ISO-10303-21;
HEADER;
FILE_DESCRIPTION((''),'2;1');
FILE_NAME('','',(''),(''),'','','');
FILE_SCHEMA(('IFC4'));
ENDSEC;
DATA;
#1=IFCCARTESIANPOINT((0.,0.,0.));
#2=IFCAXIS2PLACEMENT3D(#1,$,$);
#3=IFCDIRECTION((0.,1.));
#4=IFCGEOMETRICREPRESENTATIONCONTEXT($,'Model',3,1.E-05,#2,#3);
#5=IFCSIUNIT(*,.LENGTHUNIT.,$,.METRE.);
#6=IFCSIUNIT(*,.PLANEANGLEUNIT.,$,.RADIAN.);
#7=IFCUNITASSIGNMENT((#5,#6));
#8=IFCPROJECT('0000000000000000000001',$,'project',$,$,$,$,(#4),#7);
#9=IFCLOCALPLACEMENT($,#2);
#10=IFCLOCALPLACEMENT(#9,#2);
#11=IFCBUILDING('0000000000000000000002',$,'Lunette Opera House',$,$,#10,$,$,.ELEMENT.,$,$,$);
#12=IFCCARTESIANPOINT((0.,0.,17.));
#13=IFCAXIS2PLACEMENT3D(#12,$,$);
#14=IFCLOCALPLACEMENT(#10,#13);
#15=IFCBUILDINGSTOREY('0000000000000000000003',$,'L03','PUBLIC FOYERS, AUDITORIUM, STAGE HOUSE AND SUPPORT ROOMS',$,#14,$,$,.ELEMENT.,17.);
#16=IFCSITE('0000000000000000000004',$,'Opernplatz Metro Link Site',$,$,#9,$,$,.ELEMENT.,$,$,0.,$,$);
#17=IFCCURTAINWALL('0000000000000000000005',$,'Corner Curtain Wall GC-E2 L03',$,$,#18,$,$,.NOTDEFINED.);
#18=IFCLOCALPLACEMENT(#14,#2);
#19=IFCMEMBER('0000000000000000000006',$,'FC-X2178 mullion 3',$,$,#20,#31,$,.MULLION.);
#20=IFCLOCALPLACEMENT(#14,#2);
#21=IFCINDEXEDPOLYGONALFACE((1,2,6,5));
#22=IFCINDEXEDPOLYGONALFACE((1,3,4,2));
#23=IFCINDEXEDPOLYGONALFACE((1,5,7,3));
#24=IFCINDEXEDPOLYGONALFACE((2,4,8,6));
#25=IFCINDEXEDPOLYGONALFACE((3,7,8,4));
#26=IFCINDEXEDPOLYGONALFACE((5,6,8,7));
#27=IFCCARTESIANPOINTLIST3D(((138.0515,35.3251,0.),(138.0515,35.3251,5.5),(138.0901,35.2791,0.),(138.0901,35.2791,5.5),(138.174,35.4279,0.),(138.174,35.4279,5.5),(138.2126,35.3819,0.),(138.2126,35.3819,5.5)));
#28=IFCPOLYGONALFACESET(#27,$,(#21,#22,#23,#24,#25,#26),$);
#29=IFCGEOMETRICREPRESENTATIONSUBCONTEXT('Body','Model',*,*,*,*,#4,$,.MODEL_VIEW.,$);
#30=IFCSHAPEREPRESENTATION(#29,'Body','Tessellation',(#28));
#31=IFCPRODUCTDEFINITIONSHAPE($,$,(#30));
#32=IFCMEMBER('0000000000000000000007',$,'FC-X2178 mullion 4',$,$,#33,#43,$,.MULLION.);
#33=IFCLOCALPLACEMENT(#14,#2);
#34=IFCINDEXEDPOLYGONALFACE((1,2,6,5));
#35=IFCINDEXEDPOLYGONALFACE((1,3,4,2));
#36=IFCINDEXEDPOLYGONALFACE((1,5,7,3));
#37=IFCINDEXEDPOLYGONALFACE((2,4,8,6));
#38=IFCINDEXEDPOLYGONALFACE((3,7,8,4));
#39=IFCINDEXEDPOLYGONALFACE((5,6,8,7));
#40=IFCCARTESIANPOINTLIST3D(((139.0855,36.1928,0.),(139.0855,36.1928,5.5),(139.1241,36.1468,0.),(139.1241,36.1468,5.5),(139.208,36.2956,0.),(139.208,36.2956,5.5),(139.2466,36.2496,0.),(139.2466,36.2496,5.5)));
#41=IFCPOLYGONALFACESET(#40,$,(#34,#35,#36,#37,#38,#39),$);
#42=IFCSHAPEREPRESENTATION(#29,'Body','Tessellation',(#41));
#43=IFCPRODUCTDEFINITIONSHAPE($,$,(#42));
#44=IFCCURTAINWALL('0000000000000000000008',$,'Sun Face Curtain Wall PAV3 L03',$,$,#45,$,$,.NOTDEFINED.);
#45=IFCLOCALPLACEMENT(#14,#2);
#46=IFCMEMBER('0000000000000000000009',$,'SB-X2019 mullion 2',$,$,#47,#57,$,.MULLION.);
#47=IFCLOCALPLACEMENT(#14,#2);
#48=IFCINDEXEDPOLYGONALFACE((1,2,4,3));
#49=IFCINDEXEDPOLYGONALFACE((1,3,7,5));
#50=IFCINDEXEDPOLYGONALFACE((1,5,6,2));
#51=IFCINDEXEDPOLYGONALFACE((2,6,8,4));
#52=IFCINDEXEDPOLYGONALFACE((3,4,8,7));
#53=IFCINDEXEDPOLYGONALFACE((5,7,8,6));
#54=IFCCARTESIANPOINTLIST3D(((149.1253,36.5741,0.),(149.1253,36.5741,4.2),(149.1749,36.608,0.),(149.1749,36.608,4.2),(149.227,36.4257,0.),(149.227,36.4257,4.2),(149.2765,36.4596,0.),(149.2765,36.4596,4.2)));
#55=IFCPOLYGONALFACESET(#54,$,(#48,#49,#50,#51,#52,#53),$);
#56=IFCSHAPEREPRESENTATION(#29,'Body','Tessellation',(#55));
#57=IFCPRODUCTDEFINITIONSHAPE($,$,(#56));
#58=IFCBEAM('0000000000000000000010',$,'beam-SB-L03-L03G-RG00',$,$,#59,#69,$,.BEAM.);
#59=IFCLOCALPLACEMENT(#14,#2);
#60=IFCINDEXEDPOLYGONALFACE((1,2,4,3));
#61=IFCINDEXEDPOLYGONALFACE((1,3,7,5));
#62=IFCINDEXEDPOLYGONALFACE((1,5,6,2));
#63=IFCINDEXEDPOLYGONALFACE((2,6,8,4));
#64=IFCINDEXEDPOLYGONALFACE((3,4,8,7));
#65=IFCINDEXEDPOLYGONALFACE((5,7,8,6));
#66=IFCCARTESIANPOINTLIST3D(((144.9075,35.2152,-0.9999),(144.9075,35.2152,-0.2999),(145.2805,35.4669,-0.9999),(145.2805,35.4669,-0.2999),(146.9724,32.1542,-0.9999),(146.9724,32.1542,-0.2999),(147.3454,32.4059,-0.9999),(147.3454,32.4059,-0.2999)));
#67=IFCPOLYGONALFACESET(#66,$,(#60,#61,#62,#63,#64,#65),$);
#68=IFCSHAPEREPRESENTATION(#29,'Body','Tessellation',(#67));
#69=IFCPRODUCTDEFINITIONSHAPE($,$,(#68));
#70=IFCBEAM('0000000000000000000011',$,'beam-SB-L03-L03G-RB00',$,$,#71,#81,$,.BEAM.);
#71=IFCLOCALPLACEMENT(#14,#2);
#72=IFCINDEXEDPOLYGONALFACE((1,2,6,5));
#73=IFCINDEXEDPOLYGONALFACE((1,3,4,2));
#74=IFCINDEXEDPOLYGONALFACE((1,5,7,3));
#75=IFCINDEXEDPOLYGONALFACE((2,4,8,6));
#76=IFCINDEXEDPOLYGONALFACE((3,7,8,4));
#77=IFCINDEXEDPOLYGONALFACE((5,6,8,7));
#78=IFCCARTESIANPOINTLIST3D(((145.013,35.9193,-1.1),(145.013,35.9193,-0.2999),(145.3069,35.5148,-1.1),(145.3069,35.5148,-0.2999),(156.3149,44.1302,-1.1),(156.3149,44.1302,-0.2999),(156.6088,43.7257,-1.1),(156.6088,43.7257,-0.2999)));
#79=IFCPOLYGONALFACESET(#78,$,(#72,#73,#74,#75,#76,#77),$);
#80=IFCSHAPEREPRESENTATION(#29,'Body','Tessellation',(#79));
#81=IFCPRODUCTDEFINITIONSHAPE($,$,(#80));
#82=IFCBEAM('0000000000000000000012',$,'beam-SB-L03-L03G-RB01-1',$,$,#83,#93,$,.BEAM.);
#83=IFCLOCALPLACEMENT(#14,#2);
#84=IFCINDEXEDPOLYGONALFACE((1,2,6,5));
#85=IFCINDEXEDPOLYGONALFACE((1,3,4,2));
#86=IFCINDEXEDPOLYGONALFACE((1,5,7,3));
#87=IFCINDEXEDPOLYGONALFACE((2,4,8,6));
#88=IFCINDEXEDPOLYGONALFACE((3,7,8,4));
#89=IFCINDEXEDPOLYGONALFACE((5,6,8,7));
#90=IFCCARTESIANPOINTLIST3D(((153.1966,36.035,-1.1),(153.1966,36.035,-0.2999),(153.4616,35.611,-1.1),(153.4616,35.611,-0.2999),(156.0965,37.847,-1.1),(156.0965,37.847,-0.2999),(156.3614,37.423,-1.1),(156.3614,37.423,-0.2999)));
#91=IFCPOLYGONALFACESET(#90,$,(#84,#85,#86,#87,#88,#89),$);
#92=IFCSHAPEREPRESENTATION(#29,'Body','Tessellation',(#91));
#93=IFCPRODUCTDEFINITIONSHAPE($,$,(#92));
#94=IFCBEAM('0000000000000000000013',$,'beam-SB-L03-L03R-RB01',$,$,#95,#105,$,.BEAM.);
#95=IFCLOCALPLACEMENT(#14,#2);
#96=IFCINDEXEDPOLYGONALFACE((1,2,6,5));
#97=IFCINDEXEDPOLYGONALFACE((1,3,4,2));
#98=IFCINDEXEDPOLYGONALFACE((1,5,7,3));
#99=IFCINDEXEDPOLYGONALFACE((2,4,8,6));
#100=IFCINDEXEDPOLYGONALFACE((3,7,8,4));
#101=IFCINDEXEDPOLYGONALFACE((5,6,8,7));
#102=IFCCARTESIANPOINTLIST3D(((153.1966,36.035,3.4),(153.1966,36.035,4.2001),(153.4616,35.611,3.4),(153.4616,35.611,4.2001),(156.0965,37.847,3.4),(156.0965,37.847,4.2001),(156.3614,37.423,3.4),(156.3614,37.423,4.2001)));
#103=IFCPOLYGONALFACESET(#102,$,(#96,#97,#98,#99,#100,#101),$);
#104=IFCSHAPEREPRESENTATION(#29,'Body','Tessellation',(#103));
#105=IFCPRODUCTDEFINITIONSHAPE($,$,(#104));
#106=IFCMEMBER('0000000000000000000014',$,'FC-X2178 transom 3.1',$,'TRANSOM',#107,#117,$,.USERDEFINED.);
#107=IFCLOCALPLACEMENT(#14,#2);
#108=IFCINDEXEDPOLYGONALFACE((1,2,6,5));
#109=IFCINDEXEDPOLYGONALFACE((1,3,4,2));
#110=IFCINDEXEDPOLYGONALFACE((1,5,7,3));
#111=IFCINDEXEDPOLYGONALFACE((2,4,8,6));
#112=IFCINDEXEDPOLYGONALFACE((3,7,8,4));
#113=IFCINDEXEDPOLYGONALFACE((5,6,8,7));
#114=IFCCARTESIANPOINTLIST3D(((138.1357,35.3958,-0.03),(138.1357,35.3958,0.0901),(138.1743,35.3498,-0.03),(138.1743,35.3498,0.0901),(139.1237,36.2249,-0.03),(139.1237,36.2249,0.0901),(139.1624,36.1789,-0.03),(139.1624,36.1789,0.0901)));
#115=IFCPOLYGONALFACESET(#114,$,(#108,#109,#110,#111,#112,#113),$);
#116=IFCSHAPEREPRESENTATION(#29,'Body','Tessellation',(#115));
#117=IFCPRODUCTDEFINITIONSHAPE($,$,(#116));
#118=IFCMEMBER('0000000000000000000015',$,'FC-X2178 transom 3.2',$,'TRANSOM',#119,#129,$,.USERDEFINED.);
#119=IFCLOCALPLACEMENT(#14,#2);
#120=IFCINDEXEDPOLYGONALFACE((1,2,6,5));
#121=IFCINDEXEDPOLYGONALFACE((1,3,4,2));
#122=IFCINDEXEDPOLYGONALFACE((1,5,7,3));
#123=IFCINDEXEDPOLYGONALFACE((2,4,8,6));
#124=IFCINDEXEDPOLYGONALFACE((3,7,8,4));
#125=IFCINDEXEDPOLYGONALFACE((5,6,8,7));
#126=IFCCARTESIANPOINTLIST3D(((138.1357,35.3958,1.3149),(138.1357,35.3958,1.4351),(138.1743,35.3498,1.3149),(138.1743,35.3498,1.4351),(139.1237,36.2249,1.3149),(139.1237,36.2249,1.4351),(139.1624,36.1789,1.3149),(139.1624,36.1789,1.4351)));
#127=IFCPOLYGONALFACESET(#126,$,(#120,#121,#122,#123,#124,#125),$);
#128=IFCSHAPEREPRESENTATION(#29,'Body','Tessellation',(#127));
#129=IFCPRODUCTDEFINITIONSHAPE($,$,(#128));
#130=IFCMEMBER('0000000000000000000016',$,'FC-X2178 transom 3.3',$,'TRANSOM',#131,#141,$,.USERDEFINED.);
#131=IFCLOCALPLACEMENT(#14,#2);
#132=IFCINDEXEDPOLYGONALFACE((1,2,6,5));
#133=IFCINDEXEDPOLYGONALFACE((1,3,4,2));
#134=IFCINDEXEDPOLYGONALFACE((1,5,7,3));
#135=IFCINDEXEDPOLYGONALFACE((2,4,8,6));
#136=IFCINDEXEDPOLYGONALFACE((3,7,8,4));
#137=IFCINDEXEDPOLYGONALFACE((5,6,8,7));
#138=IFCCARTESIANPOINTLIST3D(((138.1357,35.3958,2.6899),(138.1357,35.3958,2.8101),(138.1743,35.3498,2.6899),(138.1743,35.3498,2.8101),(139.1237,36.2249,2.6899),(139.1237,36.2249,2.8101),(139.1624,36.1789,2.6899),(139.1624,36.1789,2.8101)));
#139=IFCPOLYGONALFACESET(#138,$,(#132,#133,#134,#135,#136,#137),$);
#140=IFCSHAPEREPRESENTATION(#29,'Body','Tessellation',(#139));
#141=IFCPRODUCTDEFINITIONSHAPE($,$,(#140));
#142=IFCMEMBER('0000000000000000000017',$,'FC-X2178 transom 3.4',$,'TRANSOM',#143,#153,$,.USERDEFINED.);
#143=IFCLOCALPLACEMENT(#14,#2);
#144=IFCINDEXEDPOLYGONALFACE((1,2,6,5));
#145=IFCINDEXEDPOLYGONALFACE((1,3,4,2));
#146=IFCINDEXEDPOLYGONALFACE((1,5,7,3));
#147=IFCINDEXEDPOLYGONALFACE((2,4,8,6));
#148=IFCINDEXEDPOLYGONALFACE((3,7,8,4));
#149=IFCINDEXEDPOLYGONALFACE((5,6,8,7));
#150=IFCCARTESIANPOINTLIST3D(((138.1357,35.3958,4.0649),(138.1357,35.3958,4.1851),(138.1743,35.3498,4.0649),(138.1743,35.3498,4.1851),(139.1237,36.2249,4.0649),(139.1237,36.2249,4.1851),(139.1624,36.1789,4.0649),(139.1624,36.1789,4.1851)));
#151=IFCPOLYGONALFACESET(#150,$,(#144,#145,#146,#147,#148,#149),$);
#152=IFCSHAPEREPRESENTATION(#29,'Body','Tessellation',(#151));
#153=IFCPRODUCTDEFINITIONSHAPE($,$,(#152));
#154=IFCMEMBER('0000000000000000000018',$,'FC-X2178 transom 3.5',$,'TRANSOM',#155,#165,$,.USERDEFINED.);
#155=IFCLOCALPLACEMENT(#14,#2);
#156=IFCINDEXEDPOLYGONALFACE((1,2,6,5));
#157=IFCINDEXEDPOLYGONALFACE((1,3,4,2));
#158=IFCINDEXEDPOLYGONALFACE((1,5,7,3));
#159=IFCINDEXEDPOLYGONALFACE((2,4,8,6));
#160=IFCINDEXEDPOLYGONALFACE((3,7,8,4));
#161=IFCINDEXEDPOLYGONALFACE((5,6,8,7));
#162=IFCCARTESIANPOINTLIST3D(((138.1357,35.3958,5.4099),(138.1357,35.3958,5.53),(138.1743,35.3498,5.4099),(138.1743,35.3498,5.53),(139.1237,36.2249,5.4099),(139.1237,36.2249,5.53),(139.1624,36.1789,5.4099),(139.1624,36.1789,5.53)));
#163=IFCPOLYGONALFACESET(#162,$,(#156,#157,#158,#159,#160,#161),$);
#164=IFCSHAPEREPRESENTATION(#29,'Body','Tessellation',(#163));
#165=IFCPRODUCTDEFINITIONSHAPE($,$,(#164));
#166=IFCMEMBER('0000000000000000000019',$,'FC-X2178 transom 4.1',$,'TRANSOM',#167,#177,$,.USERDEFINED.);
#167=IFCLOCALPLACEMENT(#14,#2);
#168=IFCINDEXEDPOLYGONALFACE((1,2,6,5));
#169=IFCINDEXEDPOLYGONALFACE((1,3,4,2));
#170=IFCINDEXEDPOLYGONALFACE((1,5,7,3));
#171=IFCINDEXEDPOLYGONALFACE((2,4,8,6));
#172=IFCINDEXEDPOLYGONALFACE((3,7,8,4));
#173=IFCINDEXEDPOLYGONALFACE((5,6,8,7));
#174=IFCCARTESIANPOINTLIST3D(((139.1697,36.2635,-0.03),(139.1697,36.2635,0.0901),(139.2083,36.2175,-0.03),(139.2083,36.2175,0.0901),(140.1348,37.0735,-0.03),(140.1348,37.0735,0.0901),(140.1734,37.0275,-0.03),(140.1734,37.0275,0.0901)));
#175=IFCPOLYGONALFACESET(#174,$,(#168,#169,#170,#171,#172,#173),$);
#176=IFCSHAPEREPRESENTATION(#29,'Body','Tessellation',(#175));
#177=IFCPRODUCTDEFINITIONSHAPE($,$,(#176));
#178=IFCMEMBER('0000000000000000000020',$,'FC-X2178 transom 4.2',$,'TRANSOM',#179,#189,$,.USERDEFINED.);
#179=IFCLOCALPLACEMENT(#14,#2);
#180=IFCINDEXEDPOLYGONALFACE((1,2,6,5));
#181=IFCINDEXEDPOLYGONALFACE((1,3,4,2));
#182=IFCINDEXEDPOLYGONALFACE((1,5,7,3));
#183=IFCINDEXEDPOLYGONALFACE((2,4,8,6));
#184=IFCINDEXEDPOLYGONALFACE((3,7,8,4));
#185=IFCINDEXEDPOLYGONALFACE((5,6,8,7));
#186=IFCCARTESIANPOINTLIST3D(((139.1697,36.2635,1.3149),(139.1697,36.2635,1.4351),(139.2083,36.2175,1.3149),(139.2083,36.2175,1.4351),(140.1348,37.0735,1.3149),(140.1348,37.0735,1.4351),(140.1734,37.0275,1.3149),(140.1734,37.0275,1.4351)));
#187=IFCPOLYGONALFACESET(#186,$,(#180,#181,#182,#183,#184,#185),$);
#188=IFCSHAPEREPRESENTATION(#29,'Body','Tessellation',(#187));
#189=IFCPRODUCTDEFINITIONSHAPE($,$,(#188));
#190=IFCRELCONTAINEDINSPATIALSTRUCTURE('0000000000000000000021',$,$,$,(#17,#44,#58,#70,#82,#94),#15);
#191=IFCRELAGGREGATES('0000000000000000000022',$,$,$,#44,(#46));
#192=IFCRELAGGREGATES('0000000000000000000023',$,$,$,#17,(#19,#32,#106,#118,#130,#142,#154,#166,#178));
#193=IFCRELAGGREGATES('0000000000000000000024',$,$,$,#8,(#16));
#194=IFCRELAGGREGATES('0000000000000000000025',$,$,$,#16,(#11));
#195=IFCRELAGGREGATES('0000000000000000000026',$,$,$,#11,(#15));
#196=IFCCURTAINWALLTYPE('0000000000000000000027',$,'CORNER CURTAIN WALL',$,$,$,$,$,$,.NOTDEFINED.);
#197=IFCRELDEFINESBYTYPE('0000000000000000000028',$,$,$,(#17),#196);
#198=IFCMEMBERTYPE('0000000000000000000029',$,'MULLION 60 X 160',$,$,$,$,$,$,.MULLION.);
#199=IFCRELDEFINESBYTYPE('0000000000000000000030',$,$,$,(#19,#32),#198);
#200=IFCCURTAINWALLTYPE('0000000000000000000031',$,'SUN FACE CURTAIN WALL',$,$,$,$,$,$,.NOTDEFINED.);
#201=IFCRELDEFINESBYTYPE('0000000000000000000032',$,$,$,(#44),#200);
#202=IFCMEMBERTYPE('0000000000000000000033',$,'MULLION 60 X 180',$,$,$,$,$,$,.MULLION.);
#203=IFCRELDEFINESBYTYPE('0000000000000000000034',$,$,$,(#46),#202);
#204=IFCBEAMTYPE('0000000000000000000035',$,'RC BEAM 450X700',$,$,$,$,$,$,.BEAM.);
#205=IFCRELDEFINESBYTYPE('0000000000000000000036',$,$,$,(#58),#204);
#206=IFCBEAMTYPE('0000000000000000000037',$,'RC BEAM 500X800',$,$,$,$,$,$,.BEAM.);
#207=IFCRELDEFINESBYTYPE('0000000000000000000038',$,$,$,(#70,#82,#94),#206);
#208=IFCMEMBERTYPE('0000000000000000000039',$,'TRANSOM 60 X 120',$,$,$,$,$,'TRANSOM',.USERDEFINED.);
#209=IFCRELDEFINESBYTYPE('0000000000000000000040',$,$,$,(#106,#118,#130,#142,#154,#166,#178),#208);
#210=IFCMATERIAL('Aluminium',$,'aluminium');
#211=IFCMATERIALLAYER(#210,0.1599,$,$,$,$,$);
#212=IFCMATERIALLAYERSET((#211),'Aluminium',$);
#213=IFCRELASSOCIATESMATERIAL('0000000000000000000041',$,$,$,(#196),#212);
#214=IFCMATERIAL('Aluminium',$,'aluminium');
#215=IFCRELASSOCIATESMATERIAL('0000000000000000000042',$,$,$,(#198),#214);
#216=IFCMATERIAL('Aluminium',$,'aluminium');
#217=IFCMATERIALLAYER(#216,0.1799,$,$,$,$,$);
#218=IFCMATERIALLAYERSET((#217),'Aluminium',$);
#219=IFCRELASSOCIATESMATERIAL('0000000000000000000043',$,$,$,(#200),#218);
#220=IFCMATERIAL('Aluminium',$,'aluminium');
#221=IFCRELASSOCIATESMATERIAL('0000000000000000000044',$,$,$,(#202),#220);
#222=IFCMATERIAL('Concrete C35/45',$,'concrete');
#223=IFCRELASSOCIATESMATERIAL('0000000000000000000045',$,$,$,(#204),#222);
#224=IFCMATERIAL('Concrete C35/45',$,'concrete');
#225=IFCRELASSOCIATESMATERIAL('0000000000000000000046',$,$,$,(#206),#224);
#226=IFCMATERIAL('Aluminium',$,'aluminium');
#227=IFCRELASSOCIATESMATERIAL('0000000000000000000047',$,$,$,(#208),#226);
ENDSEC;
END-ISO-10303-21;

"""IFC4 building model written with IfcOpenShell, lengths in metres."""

from ifc_helpers import new_model, si_unit, direction, frame, origin, origin_2d, place, context, subcontext, project, spatial, rectangle, extrude, material, layer, layer_set, material_profile, profile_set, type_object, element, aggregate, save


model = new_model("IFC4")

# Units and contexts
model_context = context("Model", 3, precision=1e-05, world=origin(), true_north=direction((0.0, 1.0)))
body_context = subcontext(model_context, "Body", "Model", "MODEL_VIEW")
ifc_project = project(units=[si_unit("LENGTHUNIT", "METRE"), si_unit("PLANEANGLEUNIT", "RADIAN")], contexts=[model_context])

# Site, building, storey
site_placement = place(None, origin())
site = spatial("IfcSite", under=ifc_project, at=site_placement, Name="Opernplatz Metro Link Site", CompositionType="ELEMENT", RefElevation=0.0)
building_placement = place(site_placement, origin())
building = spatial("IfcBuilding", under=site, at=building_placement, Name="Lunette Opera House", CompositionType="ELEMENT")
storey_placement = place(building_placement, frame((0.0, 0.0, 17.0)))
storey = spatial("IfcBuildingStorey", under=building, at=storey_placement, Name="L03", Description="PUBLIC FOYERS, AUDITORIUM, STAGE HOUSE AND SUPPORT ROOMS", CompositionType="ELEMENT", Elevation=17.0)

# Curtain wall, members
ifc_material_1 = material(Name="Aluminium", Category="aluminium")
ifc_layer_1 = layer(ifc_material_1, 0.1599)
ifc_layer_set_1 = layer_set([ifc_layer_1], Name="Aluminium")
curtain_wall_type_1 = type_object("IfcCurtainWallType", Name="CORNER CURTAIN WALL", PredefinedType="NOTDEFINED", material=ifc_layer_set_1)
curtain_wall_1_placement = place(storey_placement, origin())
curtain_wall_1 = element("IfcCurtainWall", 1, at=curtain_wall_1_placement, inside=storey, type_object=curtain_wall_type_1, Name="Corner Curtain Wall GC-E2 L03", PredefinedType="NOTDEFINED")
ifc_material_2 = material(Name="Aluminium", Category="aluminium")
ifc_material_profile_1 = material_profile(ifc_material_2, rectangle(XDim=0.0601, YDim=0.1599, at=origin_2d()), Name="MULLION 60 X 160")
ifc_profile_set_1 = profile_set([ifc_material_profile_1], Name="Aluminium")
member_type_1 = type_object("IfcMemberType", Name="MULLION 60 X 160", PredefinedType="MULLION", material=ifc_profile_set_1)
member_1_placement = place(storey_placement, frame((138.1321, 35.3535, 0.0), z_axis=(0.0, 0.0, 1.0), x_axis=(-0.64284, 0.766, 0.0)))
member_1 = element("IfcMember", 2, at=member_1_placement, type_object=member_type_1, Name="FC-X2178 mullion 3", PredefinedType="MULLION", context=body_context, shape_type="SweptSolid", body=[
    extrude(rectangle(XDim=0.0601, YDim=0.1599, at=origin_2d()), origin(), (0.0, 0.0, 1.0), 5.5),
])
member_2_placement = place(storey_placement, frame((139.166, 36.2212, 0.0), z_axis=(0.0, 0.0, 1.0), x_axis=(-0.64284, 0.766, 0.0)))
member_2 = element("IfcMember", 3, at=member_2_placement, type_object=member_type_1, Name="FC-X2178 mullion 4", PredefinedType="MULLION", context=body_context, shape_type="SweptSolid", body=[
    extrude(rectangle(XDim=0.0601, YDim=0.1599, at=origin_2d()), origin(), (0.0, 0.0, 1.0), 5.5),
])

# Curtain wall, member
ifc_material_3 = material(Name="Aluminium", Category="aluminium")
ifc_layer_2 = layer(ifc_material_3, 0.1799)
ifc_layer_set_2 = layer_set([ifc_layer_2], Name="Aluminium")
curtain_wall_type_2 = type_object("IfcCurtainWallType", Name="SUN FACE CURTAIN WALL", PredefinedType="NOTDEFINED", material=ifc_layer_set_2)
curtain_wall_2_placement = place(storey_placement, origin())
curtain_wall_2 = element("IfcCurtainWall", 4, at=curtain_wall_2_placement, inside=storey, type_object=curtain_wall_type_2, Name="Sun Face Curtain Wall PAV3 L03", PredefinedType="NOTDEFINED")
ifc_material_4 = material(Name="Aluminium", Category="aluminium")
ifc_material_profile_2 = material_profile(ifc_material_4, rectangle(XDim=0.0601, YDim=0.1799, at=origin_2d()), Name="MULLION 60 X 180")
ifc_profile_set_2 = profile_set([ifc_material_profile_2], Name="Aluminium")
member_type_2 = type_object("IfcMemberType", Name="MULLION 60 X 180", PredefinedType="MULLION", material=ifc_profile_set_2)
member_3_placement = place(storey_placement, frame((149.2009, 36.5168, 0.0), z_axis=(0.0, 0.0, 1.0), x_axis=(0.825002, 0.56513, 0.0)))
member_3 = element("IfcMember", 5, at=member_3_placement, type_object=member_type_2, Name="SB-X2019 mullion 2", PredefinedType="MULLION", context=body_context, shape_type="SweptSolid", body=[
    extrude(rectangle(XDim=0.0601, YDim=0.1799, at=origin_2d()), origin(), (0.0, 0.0, 1.0), 4.2),
])
aggregate(curtain_wall_2, [member_3])

# Beams
ifc_material_5 = material(Name="Concrete C35/45", Category="concrete")
ifc_material_profile_3 = material_profile(ifc_material_5, rectangle(XDim=0.45, YDim=0.7, at=origin_2d()), Name="RC BEAM 450X700")
ifc_profile_set_3 = profile_set([ifc_material_profile_3], Name="Concrete C35/45")
beam_type_1 = type_object("IfcBeamType", Name="RC BEAM 450X700", PredefinedType="BEAM", material=ifc_profile_set_3)
beam_1_placement = place(storey_placement, frame((145.094, 35.3411, -0.6499), z_axis=(0.559239, -0.829007, 0.0), x_axis=(0.829007, 0.559239, 0.0)))
element("IfcBeam", 6, at=beam_1_placement, inside=storey, type_object=beam_type_1, Name="beam-SB-L03-L03G-RG00", PredefinedType="BEAM", context=body_context, shape_type="SweptSolid", body=[
    extrude(rectangle(XDim=0.45, YDim=0.7, at=origin_2d()), origin(), (0.0, 0.0, 1.0), 3.6924),
])
ifc_material_6 = material(Name="Concrete C35/45", Category="concrete")
ifc_material_profile_4 = material_profile(ifc_material_6, rectangle(XDim=0.5, YDim=0.8, at=origin_2d()), Name="RC BEAM 500X800")
ifc_profile_set_4 = profile_set([ifc_material_profile_4], Name="Concrete C35/45")
beam_type_2 = type_object("IfcBeamType", Name="RC BEAM 500X800", PredefinedType="BEAM", material=ifc_profile_set_4)
beam_2_placement = place(storey_placement, frame((145.1599, 35.717, -0.7), z_axis=(0.809032, 0.587764, 0.0), x_axis=(-0.587764, 0.809032, 0.0)))
element("IfcBeam", 7, at=beam_2_placement, inside=storey, type_object=beam_type_2, Name="beam-SB-L03-L03G-RB00", PredefinedType="BEAM", context=body_context, shape_type="SweptSolid", body=[
    extrude(rectangle(XDim=0.5, YDim=0.8, at=origin_2d()), origin(), (0.0, 0.0, 1.0), 13.9697),
])
for number, where, z_axis, x_axis, name in (
    (8, (153.3291, 35.823, -0.7), (0.848054, 0.529909, 0.0), (-0.529909, 0.848054, 0.0), "beam-SB-L03-L03G-RB01-1"),
    (9, (153.3291, 35.823, 3.8), (0.848054, 0.529909, 0.0), (-0.529909, 0.848054, 0.0), "beam-SB-L03-L03R-RB01"),
):
    element("IfcBeam", number, at=place(storey_placement, frame(where, z_axis=z_axis, x_axis=x_axis)), inside=storey, type_object=beam_type_2, Name=name, PredefinedType="BEAM", context=body_context, shape_type="SweptSolid", body=[
        extrude(rectangle(XDim=0.5, YDim=0.8, at=origin_2d()), origin(), (0.0, 0.0, 1.0), 3.4194),
    ])

# Members
ifc_material_7 = material(Name="Aluminium", Category="aluminium")
ifc_material_profile_5 = material_profile(ifc_material_7, rectangle(XDim=0.0601, YDim=0.1201, at=origin_2d()), Name="TRANSOM 60 X 120")
ifc_profile_set_5 = profile_set([ifc_material_profile_5], Name="Aluminium")
member_type_3 = type_object("IfcMemberType", Name="TRANSOM 60 X 120", ElementType="TRANSOM", PredefinedType="USERDEFINED", material=ifc_profile_set_5)
member_4_placement = place(storey_placement, frame((138.155, 35.3728, 0.03), z_axis=(0.766029, 0.642806, 0.0), x_axis=(-0.642806, 0.766029, 0.0)))
member_4 = element("IfcMember", 10, at=member_4_placement, type_object=member_type_3, Name="FC-X2178 transom 3.1", ObjectType="TRANSOM", PredefinedType="USERDEFINED", context=body_context, shape_type="SweptSolid", body=[
    extrude(rectangle(XDim=0.0601, YDim=0.1201, at=origin_2d()), origin(), (0.0, 0.0, 1.0), 1.2898),
])
member_5_placement = place(storey_placement, frame((138.155, 35.3728, 1.375), z_axis=(0.766029, 0.642806, 0.0), x_axis=(-0.642806, 0.766029, 0.0)))
member_5 = element("IfcMember", 11, at=member_5_placement, type_object=member_type_3, Name="FC-X2178 transom 3.2", ObjectType="TRANSOM", PredefinedType="USERDEFINED", context=body_context, shape_type="SweptSolid", body=[
    extrude(rectangle(XDim=0.0601, YDim=0.1201, at=origin_2d()), origin(), (0.0, 0.0, 1.0), 1.2898),
])
member_6_placement = place(storey_placement, frame((138.155, 35.3728, 2.75), z_axis=(0.766029, 0.642806, 0.0), x_axis=(-0.642806, 0.766029, 0.0)))
member_6 = element("IfcMember", 12, at=member_6_placement, type_object=member_type_3, Name="FC-X2178 transom 3.3", ObjectType="TRANSOM", PredefinedType="USERDEFINED", context=body_context, shape_type="SweptSolid", body=[
    extrude(rectangle(XDim=0.0601, YDim=0.1201, at=origin_2d()), origin(), (0.0, 0.0, 1.0), 1.2898),
])
member_7_placement = place(storey_placement, frame((138.155, 35.3728, 4.125), z_axis=(0.766029, 0.642806, 0.0), x_axis=(-0.642806, 0.766029, 0.0)))
member_7 = element("IfcMember", 13, at=member_7_placement, type_object=member_type_3, Name="FC-X2178 transom 3.4", ObjectType="TRANSOM", PredefinedType="USERDEFINED", context=body_context, shape_type="SweptSolid", body=[
    extrude(rectangle(XDim=0.0601, YDim=0.1201, at=origin_2d()), origin(), (0.0, 0.0, 1.0), 1.2898),
])
member_8_placement = place(storey_placement, frame((138.155, 35.3728, 5.47), z_axis=(0.766029, 0.642806, 0.0), x_axis=(-0.642806, 0.766029, 0.0)))
member_8 = element("IfcMember", 14, at=member_8_placement, type_object=member_type_3, Name="FC-X2178 transom 3.5", ObjectType="TRANSOM", PredefinedType="USERDEFINED", context=body_context, shape_type="SweptSolid", body=[
    extrude(rectangle(XDim=0.0601, YDim=0.1201, at=origin_2d()), origin(), (0.0, 0.0, 1.0), 1.2898),
])
member_9_placement = place(storey_placement, frame((139.189, 36.2405, 0.03), z_axis=(0.765945, 0.642906, 0.0), x_axis=(-0.642906, 0.765945, 0.0)))
member_9 = element("IfcMember", 15, at=member_9_placement, type_object=member_type_3, Name="FC-X2178 transom 4.1", ObjectType="TRANSOM", PredefinedType="USERDEFINED", context=body_context, shape_type="SweptSolid", body=[
    extrude(rectangle(XDim=0.0601, YDim=0.1201, at=origin_2d()), origin(), (0.0, 0.0, 1.0), 1.26),
])
member_10_placement = place(storey_placement, frame((139.189, 36.2405, 1.375), z_axis=(0.765945, 0.642906, 0.0), x_axis=(-0.642906, 0.765945, 0.0)))
member_10 = element("IfcMember", 16, at=member_10_placement, type_object=member_type_3, Name="FC-X2178 transom 4.2", ObjectType="TRANSOM", PredefinedType="USERDEFINED", context=body_context, shape_type="SweptSolid", body=[
    extrude(rectangle(XDim=0.0601, YDim=0.1201, at=origin_2d()), origin(), (0.0, 0.0, 1.0), 1.26),
])

aggregate(curtain_wall_1, [member_1, member_2, member_4, member_5, member_6, member_7, member_8, member_9, member_10])

save(model, "model.ifc")
